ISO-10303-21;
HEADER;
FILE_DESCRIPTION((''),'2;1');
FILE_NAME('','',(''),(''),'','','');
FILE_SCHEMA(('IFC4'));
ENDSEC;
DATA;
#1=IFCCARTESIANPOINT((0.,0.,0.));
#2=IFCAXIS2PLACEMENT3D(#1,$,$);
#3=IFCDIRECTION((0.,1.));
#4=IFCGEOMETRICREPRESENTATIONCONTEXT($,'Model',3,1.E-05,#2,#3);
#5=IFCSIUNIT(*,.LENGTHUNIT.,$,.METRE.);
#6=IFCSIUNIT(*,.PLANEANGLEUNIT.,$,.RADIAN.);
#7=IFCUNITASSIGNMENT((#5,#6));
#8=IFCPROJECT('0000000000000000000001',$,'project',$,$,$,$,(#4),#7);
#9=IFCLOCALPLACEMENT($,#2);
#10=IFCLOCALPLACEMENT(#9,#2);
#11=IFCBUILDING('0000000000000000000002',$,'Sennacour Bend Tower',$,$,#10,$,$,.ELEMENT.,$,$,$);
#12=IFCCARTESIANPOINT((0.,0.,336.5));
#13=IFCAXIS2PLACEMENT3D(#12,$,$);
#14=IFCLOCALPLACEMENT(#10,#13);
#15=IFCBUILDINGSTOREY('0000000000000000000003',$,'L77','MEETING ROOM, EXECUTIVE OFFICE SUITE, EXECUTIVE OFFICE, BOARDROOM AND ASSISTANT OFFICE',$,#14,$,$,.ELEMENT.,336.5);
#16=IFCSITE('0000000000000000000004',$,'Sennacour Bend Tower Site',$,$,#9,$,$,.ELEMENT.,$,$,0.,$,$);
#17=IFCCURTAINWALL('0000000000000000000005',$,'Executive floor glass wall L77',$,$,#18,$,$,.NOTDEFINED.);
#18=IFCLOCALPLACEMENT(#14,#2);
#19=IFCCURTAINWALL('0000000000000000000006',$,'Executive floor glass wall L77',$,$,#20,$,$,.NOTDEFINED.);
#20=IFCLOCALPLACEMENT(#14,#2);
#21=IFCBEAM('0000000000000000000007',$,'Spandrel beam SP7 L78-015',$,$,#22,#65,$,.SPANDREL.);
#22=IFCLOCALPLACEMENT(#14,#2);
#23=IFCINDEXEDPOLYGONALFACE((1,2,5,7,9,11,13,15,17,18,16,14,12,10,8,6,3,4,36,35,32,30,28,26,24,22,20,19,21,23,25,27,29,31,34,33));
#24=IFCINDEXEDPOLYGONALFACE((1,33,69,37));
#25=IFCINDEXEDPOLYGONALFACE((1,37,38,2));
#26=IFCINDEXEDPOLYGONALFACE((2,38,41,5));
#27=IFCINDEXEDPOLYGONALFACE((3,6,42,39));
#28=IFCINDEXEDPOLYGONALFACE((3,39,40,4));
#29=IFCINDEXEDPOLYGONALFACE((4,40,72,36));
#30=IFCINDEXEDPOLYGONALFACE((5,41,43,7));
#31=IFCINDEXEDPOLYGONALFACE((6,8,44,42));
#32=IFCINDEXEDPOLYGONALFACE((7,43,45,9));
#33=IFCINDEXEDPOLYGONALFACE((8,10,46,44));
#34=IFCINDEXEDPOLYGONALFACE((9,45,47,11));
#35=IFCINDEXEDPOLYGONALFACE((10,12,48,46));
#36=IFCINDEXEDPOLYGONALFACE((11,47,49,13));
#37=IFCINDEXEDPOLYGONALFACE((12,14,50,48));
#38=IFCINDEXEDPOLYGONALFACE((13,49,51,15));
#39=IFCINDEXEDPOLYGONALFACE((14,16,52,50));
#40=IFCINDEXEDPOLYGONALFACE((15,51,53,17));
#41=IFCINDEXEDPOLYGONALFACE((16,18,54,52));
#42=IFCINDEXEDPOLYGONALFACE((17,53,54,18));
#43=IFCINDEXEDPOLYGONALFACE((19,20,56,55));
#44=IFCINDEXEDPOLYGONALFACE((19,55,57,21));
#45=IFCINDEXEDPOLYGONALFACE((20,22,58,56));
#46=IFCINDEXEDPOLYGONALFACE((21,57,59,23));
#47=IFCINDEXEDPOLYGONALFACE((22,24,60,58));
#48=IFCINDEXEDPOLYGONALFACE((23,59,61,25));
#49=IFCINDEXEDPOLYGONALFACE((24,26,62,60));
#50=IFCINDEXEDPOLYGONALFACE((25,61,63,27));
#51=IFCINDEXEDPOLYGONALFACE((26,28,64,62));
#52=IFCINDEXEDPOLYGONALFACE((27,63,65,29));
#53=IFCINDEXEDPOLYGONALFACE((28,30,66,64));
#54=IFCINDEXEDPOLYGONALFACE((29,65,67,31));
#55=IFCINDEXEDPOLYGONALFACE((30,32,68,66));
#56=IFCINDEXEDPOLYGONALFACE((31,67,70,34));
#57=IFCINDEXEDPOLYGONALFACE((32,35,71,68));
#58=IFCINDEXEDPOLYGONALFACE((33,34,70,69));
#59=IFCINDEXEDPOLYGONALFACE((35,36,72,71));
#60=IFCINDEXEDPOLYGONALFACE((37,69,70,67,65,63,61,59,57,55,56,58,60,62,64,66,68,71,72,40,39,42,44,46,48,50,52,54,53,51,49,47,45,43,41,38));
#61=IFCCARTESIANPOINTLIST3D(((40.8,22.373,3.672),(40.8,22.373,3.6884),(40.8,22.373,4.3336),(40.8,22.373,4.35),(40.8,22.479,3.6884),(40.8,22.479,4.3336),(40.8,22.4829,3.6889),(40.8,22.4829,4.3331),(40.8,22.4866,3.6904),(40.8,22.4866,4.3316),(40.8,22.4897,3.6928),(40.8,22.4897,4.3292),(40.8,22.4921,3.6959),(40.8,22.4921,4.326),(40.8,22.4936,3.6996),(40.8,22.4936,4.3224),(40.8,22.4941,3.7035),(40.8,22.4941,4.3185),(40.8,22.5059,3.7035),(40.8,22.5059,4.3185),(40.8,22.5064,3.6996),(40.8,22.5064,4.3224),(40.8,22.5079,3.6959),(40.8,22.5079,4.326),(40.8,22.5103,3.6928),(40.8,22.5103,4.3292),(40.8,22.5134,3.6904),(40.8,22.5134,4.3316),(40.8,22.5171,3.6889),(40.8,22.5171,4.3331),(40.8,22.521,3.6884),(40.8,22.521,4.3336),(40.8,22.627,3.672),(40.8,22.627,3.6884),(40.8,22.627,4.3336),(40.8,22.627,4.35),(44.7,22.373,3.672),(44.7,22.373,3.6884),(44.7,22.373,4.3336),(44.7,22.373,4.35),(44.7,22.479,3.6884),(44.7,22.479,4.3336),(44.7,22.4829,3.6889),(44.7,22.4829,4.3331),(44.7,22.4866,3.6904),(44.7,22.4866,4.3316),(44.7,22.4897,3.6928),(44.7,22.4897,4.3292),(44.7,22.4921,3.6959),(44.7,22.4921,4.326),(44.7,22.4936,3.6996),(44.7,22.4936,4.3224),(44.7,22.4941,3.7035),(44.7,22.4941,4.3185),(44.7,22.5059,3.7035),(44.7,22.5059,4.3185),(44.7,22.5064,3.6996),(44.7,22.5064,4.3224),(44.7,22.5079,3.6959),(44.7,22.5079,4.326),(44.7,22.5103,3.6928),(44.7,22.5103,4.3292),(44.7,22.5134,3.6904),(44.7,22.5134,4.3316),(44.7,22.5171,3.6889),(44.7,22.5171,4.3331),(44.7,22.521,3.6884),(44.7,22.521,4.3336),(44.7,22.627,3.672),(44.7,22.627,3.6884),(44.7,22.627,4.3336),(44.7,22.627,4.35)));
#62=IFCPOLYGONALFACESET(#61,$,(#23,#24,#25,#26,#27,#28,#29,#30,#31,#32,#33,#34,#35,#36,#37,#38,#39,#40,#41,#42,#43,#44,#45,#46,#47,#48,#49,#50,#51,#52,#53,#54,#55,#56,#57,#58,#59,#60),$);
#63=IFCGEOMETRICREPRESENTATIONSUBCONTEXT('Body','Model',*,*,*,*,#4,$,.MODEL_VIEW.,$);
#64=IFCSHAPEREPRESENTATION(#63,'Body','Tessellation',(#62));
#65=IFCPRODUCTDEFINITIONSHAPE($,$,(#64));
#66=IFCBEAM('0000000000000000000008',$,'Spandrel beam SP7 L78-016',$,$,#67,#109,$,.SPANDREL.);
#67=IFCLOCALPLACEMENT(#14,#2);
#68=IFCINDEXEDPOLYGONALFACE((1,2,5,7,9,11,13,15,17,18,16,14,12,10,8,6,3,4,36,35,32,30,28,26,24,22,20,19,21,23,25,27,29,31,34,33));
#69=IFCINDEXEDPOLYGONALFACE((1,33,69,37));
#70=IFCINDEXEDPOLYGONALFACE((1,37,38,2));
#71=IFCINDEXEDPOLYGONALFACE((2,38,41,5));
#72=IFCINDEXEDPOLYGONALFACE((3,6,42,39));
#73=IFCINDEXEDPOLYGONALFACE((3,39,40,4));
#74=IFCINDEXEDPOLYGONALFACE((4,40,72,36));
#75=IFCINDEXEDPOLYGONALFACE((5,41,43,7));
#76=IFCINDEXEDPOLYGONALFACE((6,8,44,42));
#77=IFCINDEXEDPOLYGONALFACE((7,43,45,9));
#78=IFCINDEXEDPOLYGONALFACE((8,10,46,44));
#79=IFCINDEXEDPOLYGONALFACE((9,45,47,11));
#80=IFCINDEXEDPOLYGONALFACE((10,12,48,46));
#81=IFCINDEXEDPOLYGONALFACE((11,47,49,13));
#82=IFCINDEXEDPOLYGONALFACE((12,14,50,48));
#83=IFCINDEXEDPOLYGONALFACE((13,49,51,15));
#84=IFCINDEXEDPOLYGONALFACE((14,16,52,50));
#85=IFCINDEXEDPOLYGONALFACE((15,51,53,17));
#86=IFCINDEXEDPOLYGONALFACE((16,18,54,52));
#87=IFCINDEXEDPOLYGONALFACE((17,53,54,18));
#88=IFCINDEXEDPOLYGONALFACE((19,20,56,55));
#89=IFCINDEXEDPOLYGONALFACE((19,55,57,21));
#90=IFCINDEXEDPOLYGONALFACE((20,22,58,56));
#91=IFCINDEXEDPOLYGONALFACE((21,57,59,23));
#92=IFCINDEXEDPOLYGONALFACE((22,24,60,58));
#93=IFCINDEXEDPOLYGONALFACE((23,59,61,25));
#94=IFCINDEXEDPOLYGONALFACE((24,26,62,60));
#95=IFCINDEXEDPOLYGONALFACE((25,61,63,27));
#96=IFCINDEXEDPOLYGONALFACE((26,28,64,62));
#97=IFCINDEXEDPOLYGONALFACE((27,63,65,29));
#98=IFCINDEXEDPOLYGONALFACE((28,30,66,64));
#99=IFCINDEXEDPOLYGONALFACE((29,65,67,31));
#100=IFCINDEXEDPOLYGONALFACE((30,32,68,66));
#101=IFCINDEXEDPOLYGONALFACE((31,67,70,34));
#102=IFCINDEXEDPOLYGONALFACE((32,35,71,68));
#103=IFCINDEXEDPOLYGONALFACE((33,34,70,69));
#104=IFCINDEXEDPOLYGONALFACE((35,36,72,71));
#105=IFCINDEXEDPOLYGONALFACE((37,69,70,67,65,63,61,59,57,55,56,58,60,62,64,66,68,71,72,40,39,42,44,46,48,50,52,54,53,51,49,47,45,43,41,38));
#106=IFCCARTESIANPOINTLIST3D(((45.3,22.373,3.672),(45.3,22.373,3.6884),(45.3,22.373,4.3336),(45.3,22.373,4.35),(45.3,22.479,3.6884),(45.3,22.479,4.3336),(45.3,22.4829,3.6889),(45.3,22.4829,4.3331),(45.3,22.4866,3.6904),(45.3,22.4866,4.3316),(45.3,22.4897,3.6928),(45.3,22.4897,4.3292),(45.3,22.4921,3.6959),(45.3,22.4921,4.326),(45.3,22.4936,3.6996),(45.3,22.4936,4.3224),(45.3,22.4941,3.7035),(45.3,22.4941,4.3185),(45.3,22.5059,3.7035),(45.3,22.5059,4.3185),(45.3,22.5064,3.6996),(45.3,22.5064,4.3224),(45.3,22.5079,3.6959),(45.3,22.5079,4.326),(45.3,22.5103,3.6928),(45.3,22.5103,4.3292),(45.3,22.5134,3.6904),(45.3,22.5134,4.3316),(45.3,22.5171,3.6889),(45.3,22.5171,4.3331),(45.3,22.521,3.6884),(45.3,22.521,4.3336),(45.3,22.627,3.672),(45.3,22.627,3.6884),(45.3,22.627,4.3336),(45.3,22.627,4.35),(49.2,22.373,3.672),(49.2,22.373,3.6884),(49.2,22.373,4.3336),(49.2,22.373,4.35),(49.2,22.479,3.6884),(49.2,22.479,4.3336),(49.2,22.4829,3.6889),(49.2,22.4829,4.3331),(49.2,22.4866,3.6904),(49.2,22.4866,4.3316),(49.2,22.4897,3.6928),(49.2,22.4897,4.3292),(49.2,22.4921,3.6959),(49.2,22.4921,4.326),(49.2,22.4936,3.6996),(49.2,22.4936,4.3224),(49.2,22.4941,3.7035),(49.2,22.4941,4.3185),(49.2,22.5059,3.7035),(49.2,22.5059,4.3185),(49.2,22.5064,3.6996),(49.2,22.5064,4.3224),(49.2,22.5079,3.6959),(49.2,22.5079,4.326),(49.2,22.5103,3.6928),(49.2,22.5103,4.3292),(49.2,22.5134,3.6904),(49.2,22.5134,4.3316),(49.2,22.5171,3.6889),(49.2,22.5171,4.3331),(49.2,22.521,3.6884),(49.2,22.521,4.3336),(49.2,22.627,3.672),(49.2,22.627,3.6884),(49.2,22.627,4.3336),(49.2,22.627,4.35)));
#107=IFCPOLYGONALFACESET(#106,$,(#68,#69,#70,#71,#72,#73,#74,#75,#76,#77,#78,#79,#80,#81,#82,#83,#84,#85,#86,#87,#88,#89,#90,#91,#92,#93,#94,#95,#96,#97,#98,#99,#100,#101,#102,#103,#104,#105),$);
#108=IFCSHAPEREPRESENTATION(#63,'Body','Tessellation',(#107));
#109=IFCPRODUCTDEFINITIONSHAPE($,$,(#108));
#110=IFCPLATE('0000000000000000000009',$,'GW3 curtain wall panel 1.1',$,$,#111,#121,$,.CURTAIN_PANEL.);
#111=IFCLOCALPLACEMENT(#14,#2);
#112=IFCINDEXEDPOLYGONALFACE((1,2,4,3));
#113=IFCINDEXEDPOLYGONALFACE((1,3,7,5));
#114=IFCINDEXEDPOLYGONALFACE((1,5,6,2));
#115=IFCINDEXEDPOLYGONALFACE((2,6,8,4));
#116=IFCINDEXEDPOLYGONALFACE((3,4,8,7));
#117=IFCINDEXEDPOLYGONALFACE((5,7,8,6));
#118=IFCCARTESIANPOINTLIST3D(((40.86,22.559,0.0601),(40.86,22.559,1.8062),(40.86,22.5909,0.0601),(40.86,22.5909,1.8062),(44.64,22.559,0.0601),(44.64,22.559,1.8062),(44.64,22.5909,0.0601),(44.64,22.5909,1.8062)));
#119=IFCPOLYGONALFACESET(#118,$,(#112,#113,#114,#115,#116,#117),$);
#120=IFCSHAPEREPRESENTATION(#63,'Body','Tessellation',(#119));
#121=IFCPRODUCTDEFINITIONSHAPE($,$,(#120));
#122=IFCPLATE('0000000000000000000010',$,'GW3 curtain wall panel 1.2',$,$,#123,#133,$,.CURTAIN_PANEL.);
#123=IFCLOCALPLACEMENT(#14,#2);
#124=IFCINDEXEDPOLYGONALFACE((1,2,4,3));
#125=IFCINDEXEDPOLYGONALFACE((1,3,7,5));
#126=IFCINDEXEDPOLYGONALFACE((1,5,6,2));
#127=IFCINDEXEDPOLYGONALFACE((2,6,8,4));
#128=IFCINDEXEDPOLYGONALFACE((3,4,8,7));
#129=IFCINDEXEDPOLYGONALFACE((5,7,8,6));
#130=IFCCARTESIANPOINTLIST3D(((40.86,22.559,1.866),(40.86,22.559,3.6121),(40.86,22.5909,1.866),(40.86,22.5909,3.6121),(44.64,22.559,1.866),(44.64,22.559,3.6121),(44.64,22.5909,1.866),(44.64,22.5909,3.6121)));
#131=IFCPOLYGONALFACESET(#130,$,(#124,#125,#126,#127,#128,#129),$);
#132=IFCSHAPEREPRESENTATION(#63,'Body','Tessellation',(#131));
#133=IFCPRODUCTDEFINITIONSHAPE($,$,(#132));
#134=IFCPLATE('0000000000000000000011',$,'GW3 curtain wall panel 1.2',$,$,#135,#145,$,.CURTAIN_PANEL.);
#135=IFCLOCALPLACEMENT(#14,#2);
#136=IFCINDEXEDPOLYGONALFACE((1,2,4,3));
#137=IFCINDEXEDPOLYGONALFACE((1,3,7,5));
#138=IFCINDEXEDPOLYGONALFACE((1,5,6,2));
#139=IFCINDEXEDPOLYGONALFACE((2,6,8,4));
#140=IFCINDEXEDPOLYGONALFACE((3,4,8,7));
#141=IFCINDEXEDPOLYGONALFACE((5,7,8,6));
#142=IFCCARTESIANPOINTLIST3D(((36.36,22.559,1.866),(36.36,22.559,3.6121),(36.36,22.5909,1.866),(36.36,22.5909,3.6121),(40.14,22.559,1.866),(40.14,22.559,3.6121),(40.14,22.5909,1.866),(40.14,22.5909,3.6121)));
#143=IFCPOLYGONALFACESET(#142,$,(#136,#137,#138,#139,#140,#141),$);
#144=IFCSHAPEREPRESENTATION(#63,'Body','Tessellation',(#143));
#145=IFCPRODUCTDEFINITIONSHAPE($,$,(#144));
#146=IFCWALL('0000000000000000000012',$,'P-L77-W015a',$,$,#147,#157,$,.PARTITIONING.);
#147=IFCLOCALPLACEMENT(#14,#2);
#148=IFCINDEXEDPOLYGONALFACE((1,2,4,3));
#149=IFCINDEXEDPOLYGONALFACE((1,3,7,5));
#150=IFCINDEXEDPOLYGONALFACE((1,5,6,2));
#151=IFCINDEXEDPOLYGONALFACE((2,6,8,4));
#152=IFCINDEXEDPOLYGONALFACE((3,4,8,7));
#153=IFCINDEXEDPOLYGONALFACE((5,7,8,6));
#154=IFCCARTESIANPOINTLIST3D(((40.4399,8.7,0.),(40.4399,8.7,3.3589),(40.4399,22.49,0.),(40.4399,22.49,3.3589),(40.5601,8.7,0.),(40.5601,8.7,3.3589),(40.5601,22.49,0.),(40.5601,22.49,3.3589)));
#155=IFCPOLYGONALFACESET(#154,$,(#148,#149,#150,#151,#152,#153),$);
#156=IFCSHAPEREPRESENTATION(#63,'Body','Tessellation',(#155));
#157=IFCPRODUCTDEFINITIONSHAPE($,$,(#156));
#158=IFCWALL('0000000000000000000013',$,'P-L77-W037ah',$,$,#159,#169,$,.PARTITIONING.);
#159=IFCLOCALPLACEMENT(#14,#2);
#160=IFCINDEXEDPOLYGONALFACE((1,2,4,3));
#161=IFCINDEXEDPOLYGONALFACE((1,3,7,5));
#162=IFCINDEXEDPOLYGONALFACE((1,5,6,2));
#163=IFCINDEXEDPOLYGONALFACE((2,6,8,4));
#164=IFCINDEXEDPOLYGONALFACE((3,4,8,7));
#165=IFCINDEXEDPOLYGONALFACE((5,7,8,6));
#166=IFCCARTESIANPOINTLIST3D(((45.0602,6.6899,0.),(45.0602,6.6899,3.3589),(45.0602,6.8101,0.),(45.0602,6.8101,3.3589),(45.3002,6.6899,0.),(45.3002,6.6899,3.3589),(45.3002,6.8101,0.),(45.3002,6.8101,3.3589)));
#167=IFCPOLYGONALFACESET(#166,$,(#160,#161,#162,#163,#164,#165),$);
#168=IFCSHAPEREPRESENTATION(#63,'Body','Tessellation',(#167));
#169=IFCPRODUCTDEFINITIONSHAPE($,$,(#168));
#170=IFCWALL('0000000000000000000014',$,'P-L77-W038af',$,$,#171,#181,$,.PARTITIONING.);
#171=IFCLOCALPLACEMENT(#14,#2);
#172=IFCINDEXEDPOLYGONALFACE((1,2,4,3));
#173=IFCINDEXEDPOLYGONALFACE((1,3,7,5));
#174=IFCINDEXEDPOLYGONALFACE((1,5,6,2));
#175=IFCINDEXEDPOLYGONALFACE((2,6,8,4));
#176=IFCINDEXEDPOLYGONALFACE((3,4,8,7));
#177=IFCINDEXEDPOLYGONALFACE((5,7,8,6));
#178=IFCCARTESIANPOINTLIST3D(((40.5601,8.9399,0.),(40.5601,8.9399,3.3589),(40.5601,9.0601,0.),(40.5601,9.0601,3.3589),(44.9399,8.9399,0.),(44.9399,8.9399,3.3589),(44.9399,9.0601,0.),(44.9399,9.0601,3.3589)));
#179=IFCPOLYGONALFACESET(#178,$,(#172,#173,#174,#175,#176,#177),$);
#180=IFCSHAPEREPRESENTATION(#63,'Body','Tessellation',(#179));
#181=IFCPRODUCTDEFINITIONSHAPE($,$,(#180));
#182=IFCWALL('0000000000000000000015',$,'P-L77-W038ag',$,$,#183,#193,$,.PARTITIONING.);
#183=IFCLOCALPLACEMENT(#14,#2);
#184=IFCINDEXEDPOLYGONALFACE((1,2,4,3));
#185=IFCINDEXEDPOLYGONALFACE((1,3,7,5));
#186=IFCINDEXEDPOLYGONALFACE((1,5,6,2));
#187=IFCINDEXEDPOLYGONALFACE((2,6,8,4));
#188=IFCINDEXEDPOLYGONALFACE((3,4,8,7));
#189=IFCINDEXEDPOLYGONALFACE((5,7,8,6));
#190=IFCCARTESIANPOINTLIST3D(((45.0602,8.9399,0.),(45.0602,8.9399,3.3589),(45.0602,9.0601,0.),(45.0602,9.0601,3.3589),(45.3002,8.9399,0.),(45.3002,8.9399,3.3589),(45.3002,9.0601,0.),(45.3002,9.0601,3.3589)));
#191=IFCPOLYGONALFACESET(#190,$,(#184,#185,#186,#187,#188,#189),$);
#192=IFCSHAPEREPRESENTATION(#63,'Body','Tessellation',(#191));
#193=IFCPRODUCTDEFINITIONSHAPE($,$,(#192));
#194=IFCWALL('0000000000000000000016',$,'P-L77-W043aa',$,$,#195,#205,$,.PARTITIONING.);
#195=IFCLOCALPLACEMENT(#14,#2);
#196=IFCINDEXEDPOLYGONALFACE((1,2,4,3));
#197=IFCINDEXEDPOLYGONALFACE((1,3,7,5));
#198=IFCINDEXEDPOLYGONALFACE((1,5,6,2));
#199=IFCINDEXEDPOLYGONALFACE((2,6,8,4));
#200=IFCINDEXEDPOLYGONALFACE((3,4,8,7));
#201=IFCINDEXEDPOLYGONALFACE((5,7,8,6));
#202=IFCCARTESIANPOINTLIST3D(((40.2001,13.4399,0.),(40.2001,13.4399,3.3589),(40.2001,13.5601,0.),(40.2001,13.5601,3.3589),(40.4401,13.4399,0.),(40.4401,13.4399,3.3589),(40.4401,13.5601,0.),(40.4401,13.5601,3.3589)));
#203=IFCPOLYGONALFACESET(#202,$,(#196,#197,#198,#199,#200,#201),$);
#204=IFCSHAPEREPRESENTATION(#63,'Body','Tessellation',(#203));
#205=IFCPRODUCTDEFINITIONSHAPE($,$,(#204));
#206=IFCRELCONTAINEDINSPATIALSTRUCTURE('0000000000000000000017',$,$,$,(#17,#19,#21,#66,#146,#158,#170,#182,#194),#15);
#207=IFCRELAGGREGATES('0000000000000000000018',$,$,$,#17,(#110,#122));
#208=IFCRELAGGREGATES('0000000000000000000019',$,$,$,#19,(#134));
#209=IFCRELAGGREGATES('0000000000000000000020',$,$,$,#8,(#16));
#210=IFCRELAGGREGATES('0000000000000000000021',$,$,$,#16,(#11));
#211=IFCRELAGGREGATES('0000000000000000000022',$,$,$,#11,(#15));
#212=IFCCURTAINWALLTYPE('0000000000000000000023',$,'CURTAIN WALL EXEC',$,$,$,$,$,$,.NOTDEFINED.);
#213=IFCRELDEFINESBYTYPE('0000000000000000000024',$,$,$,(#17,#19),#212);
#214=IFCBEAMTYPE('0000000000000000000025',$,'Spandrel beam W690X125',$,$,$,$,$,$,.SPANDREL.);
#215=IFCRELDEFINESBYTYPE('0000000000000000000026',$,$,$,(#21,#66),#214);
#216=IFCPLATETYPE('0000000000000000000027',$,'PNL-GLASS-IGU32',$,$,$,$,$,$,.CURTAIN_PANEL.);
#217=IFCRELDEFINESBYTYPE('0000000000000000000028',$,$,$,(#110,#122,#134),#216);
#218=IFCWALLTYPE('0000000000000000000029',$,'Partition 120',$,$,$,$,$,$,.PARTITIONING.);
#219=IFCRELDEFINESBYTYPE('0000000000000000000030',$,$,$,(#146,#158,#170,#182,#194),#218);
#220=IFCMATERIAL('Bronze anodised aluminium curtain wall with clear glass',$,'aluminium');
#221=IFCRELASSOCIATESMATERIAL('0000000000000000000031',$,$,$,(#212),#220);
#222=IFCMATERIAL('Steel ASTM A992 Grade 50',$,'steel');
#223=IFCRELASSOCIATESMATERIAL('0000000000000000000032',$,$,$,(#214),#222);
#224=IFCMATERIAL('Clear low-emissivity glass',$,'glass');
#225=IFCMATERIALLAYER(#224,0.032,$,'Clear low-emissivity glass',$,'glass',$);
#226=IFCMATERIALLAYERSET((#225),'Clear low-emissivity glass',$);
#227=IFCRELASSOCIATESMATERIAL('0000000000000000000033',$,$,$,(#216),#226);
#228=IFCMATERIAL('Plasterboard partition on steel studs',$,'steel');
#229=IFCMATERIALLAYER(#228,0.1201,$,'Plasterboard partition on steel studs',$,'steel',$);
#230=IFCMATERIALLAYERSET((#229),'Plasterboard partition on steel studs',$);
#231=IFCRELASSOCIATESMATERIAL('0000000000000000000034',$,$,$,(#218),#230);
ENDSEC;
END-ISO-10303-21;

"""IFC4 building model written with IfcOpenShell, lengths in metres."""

from ifc_helpers import new_model, si_unit, direction, frame, frame_2d, origin, origin_2d, place, context, subcontext, project, spatial, rectangle, i_section, extrude, material, layer, layer_set, material_profile, profile_set, type_object, element, aggregate, save


model = new_model("IFC4")

# Units and contexts
model_context = context("Model", 3, precision=1e-05, world=origin(), true_north=direction((0.0, 1.0)))
body_context = subcontext(model_context, "Body", "Model", "MODEL_VIEW")
ifc_project = project(units=[si_unit("LENGTHUNIT", "METRE"), si_unit("PLANEANGLEUNIT", "RADIAN")], contexts=[model_context])

# Site, building, storey
site_placement = place(None, origin())
site = spatial("IfcSite", under=ifc_project, at=site_placement, Name="Sennacour Bend Tower Site", CompositionType="ELEMENT", RefElevation=0.0)
building_placement = place(site_placement, origin())
building = spatial("IfcBuilding", under=site, at=building_placement, Name="Sennacour Bend Tower", CompositionType="ELEMENT")
storey_placement = place(building_placement, frame((0.0, 0.0, 336.5)))
storey = spatial("IfcBuildingStorey", under=building, at=storey_placement, Name="L77", Description="MEETING ROOM, EXECUTIVE OFFICE SUITE, EXECUTIVE OFFICE, BOARDROOM AND ASSISTANT OFFICE", CompositionType="ELEMENT", Elevation=336.5)

# Curtain wall
ifc_material_1 = material(Name="Bronze anodised aluminium curtain wall with clear glass", Category="aluminium")
curtain_wall_type = type_object("IfcCurtainWallType", Name="CURTAIN WALL EXEC", PredefinedType="NOTDEFINED", material=ifc_material_1)
curtain_wall_1_placement = place(storey_placement, origin())
curtain_wall_1 = element("IfcCurtainWall", 1, at=curtain_wall_1_placement, inside=storey, type_object=curtain_wall_type, Name="Executive floor glass wall L77", PredefinedType="NOTDEFINED")

# Curtain wall
curtain_wall_2_placement = place(storey_placement, origin())
curtain_wall_2 = element("IfcCurtainWall", 2, at=curtain_wall_2_placement, inside=storey, type_object=curtain_wall_type, Name="Executive floor glass wall L77", PredefinedType="NOTDEFINED")

# Beams
ifc_material_2 = material(Name="Steel ASTM A992 Grade 50", Category="steel")
ifc_material_profile_1 = material_profile(ifc_material_2, i_section(OverallWidth=0.2539, OverallDepth=0.678, WebThickness=0.0117, FlangeThickness=0.0164, FilletRadius=0.0151, at=origin_2d()), Name="Steel ASTM A992 Grade 50", Category="steel")
ifc_profile_set_1 = profile_set([ifc_material_profile_1], Name="Steel ASTM A992 Grade 50")
beam_type = type_object("IfcBeamType", Name="Spandrel beam W690X125", PredefinedType="SPANDREL", material=ifc_profile_set_1)
for number, where, z_axis, x_axis, name in (
    (3, (40.8, 22.5, 4.011), (1.0, 0.0, 0.0), (0.0, 1.0, 0.0), "Spandrel beam SP7 L78-015"),
    (4, (45.3, 22.5, 4.011), (1.0, 0.0, 0.0), (0.0, 1.0, 0.0), "Spandrel beam SP7 L78-016"),
):
    element("IfcBeam", number, at=place(storey_placement, frame(where, z_axis=z_axis, x_axis=x_axis)), inside=storey, type_object=beam_type, Name=name, PredefinedType="SPANDREL", context=body_context, shape_type="SweptSolid", body=[
        extrude(i_section(OverallWidth=0.2539, OverallDepth=0.678, WebThickness=0.0117, FlangeThickness=0.0164, FilletRadius=0.0151, at=origin_2d()), origin(), (0.0, 0.0, 1.0), 3.8999),
    ])

# Plates
ifc_material_3 = material(Name="Clear low-emissivity glass", Category="glass")
ifc_layer_1 = layer(ifc_material_3, 0.032, Name="Clear low-emissivity glass", Category="glass")
ifc_layer_set_1 = layer_set([ifc_layer_1], Name="Clear low-emissivity glass")
plate_type = type_object("IfcPlateType", Name="PNL-GLASS-IGU32", PredefinedType="CURTAIN_PANEL", material=ifc_layer_set_1)
plate_1_placement = place(storey_placement, frame((42.75, 22.575, 0.0601), z_axis=(0.0, 0.0, 1.0), x_axis=(-1.0, 0.0, 0.0)))
plate_1 = element("IfcPlate", 5, at=plate_1_placement, type_object=plate_type, Name="GW3 curtain wall panel 1.1", PredefinedType="CURTAIN_PANEL", context=body_context, shape_type="SweptSolid", body=[
    extrude(rectangle(XDim=3.78, YDim=0.032, at=origin_2d()), origin(), (0.0, 0.0, 1.0), 1.7461),
])
plate_2_placement = place(storey_placement, frame((42.75, 22.575, 1.866), z_axis=(0.0, 0.0, 1.0), x_axis=(-1.0, 0.0, 0.0)))
plate_2 = element("IfcPlate", 6, at=plate_2_placement, type_object=plate_type, Name="GW3 curtain wall panel 1.2", PredefinedType="CURTAIN_PANEL", context=body_context, shape_type="SweptSolid", body=[
    extrude(rectangle(XDim=3.78, YDim=0.032, at=origin_2d()), origin(), (0.0, 0.0, 1.0), 1.7461),
])
aggregate(curtain_wall_1, [plate_1, plate_2])
plate_3_placement = place(storey_placement, frame((38.25, 22.575, 1.866), z_axis=(0.0, 0.0, 1.0), x_axis=(-1.0, 0.0, 0.0)))
plate_3 = element("IfcPlate", 7, at=plate_3_placement, type_object=plate_type, Name="GW3 curtain wall panel 1.2", PredefinedType="CURTAIN_PANEL", context=body_context, shape_type="SweptSolid", body=[
    extrude(rectangle(XDim=3.78, YDim=0.032, at=origin_2d()), origin(), (0.0, 0.0, 1.0), 1.7461),
])
aggregate(curtain_wall_2, [plate_3])

# Walls
ifc_material_4 = material(Name="Plasterboard partition on steel studs", Category="steel")
ifc_layer_2 = layer(ifc_material_4, 0.1201, Name="Plasterboard partition on steel studs", Category="steel")
ifc_layer_set_2 = layer_set([ifc_layer_2], Name="Plasterboard partition on steel studs")
wall_type = type_object("IfcWallType", Name="Partition 120", PredefinedType="PARTITIONING", material=ifc_layer_set_2)
wall_1_placement = place(storey_placement, frame((40.5, 8.7, 0.0), z_axis=(0.0, 0.0, 1.0), x_axis=(0.0, 1.0, 0.0)))
element("IfcWall", 8, at=wall_1_placement, inside=storey, type_object=wall_type, Name="P-L77-W015a", PredefinedType="PARTITIONING", context=body_context, shape_type="SweptSolid", body=[
    extrude(rectangle(XDim=13.79, YDim=0.1201, at=frame_2d((6.895, 0.0))), origin(), (0.0, 0.0, 1.0), 3.3589),
])
wall_2_placement = place(storey_placement, frame((45.0601, 6.75, 0.0), z_axis=(0.0, 0.0, 1.0), x_axis=(1.0, 0.0, 0.0)))
element("IfcWall", 9, at=wall_2_placement, inside=storey, type_object=wall_type, Name="P-L77-W037ah", PredefinedType="PARTITIONING", context=body_context, shape_type="SweptSolid", body=[
    extrude(rectangle(XDim=0.24, YDim=0.1201, at=frame_2d((0.1201, 0.0))), origin(), (0.0, 0.0, 1.0), 3.3589),
])
wall_3_placement = place(storey_placement, frame((40.5601, 9.0, 0.0), z_axis=(0.0, 0.0, 1.0), x_axis=(1.0, 0.0, 0.0)))
element("IfcWall", 10, at=wall_3_placement, inside=storey, type_object=wall_type, Name="P-L77-W038af", PredefinedType="PARTITIONING", context=body_context, shape_type="SweptSolid", body=[
    extrude(rectangle(XDim=4.3799, YDim=0.1201, at=frame_2d((2.1899, 0.0))), origin(), (0.0, 0.0, 1.0), 3.3589),
])
for number, where, z_axis, x_axis, name in (
    (11, (45.0601, 9.0, 0.0), (0.0, 0.0, 1.0), (1.0, 0.0, 0.0), "P-L77-W038ag"),
    (12, (40.2, 13.5, 0.0), (0.0, 0.0, 1.0), (1.0, 0.0, 0.0), "P-L77-W043aa"),
):
    element("IfcWall", number, at=place(storey_placement, frame(where, z_axis=z_axis, x_axis=x_axis)), inside=storey, type_object=wall_type, Name=name, PredefinedType="PARTITIONING", context=body_context, shape_type="SweptSolid", body=[
        extrude(rectangle(XDim=0.24, YDim=0.1201, at=frame_2d((0.1201, 0.0))), origin(), (0.0, 0.0, 1.0), 3.3589),
    ])

save(model, "model.ifc")
